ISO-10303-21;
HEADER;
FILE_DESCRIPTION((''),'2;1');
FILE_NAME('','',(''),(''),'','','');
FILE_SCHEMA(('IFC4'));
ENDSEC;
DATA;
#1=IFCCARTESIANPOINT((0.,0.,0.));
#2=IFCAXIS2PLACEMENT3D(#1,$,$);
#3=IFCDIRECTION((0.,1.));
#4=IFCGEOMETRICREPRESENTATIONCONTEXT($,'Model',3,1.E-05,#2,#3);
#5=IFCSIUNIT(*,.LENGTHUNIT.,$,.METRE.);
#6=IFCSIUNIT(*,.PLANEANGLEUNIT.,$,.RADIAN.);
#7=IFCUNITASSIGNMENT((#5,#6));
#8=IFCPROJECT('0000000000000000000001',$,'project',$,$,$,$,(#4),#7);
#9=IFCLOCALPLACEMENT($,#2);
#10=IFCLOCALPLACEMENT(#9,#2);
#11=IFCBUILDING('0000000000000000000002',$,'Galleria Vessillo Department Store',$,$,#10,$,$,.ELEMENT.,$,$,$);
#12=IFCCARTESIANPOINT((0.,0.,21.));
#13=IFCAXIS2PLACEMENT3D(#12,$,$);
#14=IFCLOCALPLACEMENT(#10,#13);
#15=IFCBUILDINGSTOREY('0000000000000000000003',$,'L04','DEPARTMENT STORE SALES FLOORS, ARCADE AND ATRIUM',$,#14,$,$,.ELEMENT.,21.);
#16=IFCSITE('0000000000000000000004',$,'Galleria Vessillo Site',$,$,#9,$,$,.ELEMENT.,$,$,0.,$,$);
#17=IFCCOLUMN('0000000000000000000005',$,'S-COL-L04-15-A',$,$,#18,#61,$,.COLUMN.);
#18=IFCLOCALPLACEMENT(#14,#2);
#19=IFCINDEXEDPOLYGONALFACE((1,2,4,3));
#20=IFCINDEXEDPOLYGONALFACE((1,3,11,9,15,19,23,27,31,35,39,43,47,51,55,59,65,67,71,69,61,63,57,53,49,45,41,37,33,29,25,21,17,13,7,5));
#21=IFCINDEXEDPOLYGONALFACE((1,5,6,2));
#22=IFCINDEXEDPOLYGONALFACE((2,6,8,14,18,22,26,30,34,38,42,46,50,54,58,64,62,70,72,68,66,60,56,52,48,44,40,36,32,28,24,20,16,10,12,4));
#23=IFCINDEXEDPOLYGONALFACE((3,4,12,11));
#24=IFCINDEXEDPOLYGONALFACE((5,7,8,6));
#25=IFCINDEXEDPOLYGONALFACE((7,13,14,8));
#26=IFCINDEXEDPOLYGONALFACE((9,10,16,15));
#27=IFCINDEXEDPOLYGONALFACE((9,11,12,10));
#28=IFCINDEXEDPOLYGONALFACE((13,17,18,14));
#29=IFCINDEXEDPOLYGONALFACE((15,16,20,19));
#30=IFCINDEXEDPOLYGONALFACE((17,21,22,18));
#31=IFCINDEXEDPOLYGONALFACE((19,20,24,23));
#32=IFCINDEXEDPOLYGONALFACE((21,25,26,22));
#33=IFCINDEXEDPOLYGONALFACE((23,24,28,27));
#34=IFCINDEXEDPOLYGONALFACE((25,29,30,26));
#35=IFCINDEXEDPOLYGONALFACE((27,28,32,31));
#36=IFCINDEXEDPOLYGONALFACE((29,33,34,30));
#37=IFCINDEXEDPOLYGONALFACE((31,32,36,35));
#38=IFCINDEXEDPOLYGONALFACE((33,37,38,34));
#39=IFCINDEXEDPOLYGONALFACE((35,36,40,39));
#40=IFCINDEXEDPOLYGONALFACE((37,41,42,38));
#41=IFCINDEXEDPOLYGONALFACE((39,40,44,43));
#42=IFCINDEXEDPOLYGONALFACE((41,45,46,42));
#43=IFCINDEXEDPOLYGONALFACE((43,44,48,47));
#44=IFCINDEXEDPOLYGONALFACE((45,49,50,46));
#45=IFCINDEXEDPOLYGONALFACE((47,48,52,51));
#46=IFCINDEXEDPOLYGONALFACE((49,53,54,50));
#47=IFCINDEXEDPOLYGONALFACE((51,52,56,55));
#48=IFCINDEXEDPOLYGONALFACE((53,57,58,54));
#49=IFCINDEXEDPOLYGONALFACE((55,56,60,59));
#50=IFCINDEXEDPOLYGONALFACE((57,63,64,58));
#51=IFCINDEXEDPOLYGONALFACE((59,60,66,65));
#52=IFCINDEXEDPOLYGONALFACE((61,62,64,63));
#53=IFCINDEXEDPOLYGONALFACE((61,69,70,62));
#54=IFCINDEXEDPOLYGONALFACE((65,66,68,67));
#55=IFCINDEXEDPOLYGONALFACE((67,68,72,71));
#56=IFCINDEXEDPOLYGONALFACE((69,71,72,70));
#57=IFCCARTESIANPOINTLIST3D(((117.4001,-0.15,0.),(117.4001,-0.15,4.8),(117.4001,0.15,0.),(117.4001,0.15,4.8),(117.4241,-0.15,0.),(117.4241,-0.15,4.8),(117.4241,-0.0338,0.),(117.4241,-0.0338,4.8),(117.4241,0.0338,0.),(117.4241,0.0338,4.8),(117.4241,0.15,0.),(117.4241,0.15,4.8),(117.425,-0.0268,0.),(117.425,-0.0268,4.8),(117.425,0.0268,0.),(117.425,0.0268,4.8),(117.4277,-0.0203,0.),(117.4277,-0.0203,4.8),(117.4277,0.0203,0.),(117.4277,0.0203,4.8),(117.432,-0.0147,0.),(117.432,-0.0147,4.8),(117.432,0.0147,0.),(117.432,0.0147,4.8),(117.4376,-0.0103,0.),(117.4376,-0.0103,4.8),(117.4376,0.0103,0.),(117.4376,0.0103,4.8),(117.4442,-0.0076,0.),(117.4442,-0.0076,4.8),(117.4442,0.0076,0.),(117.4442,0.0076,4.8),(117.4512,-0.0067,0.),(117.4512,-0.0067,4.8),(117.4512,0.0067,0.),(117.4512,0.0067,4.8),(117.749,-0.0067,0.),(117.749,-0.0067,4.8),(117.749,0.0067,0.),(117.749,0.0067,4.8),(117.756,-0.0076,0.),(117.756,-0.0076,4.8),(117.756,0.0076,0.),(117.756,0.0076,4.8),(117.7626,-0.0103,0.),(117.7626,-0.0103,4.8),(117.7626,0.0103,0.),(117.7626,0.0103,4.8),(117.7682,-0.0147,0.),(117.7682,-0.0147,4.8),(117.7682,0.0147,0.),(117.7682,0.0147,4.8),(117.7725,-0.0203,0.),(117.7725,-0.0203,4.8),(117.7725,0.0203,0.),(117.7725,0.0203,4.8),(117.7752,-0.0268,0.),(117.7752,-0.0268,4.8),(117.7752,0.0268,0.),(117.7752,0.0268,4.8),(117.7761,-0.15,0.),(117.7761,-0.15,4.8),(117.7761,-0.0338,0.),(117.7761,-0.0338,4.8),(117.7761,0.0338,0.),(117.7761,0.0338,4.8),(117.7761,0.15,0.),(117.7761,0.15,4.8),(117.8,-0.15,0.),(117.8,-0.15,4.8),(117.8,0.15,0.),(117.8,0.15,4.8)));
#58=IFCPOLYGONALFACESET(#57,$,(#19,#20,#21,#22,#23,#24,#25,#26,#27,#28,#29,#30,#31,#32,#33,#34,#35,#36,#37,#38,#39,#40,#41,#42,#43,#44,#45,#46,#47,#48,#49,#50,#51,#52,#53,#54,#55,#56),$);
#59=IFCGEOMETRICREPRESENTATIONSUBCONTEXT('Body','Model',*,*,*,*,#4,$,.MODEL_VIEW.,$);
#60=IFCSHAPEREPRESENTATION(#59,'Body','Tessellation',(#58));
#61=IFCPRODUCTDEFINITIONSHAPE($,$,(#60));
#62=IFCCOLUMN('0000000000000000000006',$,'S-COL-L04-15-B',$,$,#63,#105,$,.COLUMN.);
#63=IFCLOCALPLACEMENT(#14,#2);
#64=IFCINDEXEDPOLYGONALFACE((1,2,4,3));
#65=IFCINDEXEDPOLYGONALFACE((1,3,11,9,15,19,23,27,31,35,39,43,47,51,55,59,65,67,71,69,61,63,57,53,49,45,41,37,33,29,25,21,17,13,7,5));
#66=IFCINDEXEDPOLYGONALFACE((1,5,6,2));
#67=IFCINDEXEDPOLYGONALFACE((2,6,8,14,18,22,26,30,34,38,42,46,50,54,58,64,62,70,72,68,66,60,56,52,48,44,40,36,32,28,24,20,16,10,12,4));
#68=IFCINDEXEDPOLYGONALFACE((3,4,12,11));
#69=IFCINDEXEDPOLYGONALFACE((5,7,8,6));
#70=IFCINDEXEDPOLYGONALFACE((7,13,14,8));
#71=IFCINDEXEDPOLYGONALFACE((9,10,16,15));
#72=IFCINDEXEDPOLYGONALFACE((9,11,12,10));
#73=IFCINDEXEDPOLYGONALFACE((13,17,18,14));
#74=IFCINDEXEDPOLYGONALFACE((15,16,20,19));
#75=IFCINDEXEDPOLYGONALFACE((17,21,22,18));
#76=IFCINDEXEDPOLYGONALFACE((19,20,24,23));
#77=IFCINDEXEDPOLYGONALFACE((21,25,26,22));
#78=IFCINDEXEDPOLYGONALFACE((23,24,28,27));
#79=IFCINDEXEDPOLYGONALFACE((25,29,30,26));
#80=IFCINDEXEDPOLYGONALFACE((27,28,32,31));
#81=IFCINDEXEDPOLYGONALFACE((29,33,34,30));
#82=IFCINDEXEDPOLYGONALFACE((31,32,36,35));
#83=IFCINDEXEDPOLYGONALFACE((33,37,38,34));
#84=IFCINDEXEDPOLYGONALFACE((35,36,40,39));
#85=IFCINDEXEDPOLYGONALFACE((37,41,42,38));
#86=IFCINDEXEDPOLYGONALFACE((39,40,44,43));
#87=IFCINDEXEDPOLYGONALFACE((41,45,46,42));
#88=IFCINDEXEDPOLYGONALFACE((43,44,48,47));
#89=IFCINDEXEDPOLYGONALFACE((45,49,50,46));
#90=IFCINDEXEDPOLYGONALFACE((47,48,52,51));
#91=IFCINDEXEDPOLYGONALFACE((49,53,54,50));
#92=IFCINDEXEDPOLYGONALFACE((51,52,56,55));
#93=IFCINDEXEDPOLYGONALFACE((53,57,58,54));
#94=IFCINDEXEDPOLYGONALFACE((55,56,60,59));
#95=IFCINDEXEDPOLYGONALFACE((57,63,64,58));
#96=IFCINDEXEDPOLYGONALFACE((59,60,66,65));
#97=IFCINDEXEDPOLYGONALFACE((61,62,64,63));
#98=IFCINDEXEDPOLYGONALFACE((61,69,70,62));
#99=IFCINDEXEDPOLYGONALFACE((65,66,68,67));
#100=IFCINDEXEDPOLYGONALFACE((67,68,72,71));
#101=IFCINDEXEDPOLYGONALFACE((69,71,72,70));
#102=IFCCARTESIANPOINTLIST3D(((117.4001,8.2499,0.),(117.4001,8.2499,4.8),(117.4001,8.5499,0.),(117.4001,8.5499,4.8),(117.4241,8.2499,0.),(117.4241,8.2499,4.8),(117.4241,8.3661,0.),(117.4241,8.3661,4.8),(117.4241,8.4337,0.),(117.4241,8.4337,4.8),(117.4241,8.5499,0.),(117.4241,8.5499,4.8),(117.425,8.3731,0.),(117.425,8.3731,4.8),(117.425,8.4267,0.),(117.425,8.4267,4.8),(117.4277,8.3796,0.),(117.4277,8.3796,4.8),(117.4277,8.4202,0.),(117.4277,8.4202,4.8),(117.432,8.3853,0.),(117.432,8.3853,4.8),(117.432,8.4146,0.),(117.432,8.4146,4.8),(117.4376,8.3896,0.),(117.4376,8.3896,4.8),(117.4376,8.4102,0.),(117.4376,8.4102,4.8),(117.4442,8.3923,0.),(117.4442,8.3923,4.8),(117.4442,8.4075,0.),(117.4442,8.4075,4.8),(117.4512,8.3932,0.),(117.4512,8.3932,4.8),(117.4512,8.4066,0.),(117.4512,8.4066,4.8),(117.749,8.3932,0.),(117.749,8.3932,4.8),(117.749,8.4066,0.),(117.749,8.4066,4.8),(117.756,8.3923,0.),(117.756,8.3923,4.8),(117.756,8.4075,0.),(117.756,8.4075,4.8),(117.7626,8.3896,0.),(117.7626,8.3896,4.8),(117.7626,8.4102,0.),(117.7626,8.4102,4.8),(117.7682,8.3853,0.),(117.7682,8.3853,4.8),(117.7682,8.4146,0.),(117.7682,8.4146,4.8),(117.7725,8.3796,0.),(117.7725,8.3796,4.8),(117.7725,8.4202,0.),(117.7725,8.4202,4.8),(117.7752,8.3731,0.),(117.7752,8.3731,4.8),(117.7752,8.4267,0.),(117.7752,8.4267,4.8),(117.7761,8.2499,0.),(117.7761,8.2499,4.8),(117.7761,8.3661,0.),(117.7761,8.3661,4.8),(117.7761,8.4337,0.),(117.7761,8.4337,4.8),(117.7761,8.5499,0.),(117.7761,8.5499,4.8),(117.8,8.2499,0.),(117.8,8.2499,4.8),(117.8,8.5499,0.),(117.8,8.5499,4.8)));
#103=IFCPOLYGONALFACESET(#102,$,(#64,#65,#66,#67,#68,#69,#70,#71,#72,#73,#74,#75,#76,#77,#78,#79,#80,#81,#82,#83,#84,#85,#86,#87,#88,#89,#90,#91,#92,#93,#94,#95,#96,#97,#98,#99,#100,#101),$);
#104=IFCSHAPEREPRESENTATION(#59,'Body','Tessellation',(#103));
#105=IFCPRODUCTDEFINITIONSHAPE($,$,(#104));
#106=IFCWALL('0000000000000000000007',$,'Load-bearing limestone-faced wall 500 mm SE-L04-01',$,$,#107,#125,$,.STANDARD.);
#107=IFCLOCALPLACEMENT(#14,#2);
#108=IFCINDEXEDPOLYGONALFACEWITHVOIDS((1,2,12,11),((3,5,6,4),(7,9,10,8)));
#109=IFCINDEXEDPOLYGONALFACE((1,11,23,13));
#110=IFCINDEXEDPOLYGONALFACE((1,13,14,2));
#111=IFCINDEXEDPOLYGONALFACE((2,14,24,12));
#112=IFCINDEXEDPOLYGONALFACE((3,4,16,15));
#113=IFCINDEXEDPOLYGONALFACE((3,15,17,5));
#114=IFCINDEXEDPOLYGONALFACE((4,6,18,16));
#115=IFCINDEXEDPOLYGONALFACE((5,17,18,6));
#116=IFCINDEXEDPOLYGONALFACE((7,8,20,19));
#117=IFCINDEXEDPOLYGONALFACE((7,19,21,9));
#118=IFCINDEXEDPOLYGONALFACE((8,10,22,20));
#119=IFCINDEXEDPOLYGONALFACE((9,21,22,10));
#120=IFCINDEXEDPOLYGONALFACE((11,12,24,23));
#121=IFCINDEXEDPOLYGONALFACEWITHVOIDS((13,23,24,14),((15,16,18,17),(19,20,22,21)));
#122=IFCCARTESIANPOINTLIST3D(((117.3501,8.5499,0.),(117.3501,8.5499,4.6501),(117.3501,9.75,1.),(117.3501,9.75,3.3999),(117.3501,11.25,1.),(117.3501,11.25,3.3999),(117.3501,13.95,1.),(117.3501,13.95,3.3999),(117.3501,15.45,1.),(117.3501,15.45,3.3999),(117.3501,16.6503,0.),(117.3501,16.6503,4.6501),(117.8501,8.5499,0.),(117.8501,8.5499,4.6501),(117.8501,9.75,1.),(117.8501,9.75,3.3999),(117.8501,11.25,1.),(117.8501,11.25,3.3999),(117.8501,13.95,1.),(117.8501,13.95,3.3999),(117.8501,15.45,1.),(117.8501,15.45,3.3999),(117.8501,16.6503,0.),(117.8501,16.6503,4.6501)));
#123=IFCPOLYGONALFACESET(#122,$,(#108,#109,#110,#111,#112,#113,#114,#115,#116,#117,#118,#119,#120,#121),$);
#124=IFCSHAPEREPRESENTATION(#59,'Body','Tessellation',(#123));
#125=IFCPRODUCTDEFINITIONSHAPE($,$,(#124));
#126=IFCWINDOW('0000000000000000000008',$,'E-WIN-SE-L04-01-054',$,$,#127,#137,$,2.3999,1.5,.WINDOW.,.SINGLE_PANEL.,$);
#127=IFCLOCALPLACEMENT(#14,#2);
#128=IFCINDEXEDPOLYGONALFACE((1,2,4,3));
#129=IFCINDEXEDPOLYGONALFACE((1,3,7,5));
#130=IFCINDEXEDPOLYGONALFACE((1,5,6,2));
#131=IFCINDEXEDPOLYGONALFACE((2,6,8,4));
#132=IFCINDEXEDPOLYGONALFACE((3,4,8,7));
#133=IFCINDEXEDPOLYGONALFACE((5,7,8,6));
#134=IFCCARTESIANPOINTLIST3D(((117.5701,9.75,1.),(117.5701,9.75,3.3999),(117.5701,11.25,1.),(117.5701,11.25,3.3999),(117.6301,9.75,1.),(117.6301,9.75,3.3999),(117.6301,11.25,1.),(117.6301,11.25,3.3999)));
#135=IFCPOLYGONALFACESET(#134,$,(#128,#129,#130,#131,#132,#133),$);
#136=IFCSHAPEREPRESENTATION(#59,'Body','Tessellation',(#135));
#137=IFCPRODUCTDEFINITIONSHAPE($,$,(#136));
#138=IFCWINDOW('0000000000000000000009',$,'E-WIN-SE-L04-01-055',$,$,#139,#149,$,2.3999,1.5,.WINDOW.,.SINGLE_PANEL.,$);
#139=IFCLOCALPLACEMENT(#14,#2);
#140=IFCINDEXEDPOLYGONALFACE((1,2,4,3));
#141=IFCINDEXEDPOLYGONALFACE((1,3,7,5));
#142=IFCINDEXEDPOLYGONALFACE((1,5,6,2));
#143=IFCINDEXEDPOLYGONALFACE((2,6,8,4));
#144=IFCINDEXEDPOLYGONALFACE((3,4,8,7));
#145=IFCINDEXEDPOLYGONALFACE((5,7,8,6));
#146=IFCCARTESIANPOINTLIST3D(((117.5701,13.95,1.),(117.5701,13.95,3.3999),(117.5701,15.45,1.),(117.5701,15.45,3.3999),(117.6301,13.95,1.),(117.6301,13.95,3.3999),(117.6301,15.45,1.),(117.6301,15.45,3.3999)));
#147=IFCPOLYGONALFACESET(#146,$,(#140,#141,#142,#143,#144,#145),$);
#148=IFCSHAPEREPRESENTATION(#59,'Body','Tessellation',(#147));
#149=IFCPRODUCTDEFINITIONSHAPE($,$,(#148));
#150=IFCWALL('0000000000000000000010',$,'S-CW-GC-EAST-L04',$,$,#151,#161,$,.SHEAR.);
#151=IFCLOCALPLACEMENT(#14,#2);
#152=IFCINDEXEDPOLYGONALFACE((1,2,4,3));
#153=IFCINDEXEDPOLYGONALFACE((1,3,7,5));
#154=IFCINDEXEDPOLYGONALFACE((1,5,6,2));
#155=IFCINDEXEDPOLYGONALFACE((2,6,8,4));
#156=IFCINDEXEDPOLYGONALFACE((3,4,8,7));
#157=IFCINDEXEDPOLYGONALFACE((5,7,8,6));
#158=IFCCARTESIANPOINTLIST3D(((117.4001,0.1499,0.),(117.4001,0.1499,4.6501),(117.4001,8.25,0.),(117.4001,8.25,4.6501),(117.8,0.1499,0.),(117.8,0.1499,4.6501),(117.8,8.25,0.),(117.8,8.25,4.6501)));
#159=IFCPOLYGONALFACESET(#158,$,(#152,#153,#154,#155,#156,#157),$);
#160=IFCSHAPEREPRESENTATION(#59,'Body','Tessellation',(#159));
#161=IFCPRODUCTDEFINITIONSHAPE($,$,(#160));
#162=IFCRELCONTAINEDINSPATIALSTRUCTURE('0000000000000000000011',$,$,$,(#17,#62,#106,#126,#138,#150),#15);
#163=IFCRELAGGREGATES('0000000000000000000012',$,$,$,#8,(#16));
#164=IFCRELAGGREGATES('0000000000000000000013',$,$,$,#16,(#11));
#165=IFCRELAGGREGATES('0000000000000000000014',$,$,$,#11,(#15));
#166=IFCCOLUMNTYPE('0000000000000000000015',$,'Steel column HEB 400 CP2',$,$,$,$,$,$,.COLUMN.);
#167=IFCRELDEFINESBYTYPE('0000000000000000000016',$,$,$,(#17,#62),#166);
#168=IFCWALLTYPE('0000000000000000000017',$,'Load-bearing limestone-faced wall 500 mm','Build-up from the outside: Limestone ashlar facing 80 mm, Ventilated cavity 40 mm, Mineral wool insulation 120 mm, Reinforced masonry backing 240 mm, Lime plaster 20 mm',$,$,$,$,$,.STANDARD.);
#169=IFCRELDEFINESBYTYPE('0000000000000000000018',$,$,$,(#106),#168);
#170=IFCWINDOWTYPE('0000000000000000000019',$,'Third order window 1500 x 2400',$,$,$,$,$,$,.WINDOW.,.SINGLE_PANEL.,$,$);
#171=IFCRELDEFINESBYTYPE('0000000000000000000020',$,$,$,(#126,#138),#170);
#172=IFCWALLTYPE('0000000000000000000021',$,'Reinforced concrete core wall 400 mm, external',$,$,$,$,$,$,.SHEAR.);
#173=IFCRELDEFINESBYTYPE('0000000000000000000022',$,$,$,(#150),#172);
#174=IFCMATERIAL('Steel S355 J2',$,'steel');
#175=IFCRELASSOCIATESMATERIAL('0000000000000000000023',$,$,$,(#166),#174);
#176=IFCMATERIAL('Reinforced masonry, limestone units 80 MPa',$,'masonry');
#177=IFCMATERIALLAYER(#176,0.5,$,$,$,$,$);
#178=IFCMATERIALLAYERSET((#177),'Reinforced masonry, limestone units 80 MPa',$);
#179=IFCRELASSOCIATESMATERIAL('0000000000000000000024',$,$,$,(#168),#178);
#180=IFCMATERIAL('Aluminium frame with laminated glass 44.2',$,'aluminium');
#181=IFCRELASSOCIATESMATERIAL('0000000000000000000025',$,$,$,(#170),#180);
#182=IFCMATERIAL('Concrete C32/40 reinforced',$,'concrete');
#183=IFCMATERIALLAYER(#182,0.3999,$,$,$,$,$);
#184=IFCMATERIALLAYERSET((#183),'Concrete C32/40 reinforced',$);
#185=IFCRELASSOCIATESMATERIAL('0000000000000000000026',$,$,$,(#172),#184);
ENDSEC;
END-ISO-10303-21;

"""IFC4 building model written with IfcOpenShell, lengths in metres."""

from ifc_helpers import new_model, si_unit, direction, frame, frame_2d, origin, origin_2d, place, context, subcontext, project, spatial, rectangle, i_section, extrude, material, layer, layer_set, material_profile, profile_set, type_object, element, fill, save


model = new_model("IFC4")

# Units and contexts
model_context = context("Model", 3, precision=1e-05, world=origin(), true_north=direction((0.0, 1.0)))
body_context = subcontext(model_context, "Body", "Model", "MODEL_VIEW")
ifc_project = project(units=[si_unit("LENGTHUNIT", "METRE"), si_unit("PLANEANGLEUNIT", "RADIAN")], contexts=[model_context])

# Site, building, storey
site_placement = place(None, origin())
site = spatial("IfcSite", under=ifc_project, at=site_placement, Name="Galleria Vessillo Site", CompositionType="ELEMENT", RefElevation=0.0)
building_placement = place(site_placement, origin())
building = spatial("IfcBuilding", under=site, at=building_placement, Name="Galleria Vessillo Department Store", CompositionType="ELEMENT")
storey_placement = place(building_placement, frame((0.0, 0.0, 21.0)))
storey = spatial("IfcBuildingStorey", under=building, at=storey_placement, Name="L04", Description="DEPARTMENT STORE SALES FLOORS, ARCADE AND ATRIUM", CompositionType="ELEMENT", Elevation=21.0)

# Columns
ifc_material_1 = material(Name="Steel S355 J2", Category="steel")
ifc_material_profile = material_profile(ifc_material_1, i_section(OverallWidth=0.3, OverallDepth=0.3999, WebThickness=0.0134, FlangeThickness=0.0239, FilletRadius=0.0271, at=origin_2d()), Name="HEB 400")
ifc_profile_set = profile_set([ifc_material_profile], Name="Steel S355 J2")
column_type = type_object("IfcColumnType", Name="Steel column HEB 400 CP2", PredefinedType="COLUMN", material=ifc_profile_set)
for number, where, z_axis, x_axis, name in (
    (1, (117.6001, 0.0, 0.0), (0.0, 0.0, 1.0), (0.0, 1.0, 0.0), "S-COL-L04-15-A"),
    (2, (117.6001, 8.3999, 0.0), (0.0, 0.0, 1.0), (0.0, 1.0, 0.0), "S-COL-L04-15-B"),
):
    element("IfcColumn", number, at=place(storey_placement, frame(where, z_axis=z_axis, x_axis=x_axis)), inside=storey, type_object=column_type, Name=name, PredefinedType="COLUMN", context=body_context, shape_type="SweptSolid", body=[
        extrude(i_section(OverallWidth=0.3, OverallDepth=0.3999, WebThickness=0.0134, FlangeThickness=0.0239, FilletRadius=0.0271, at=origin_2d()), origin(), (0.0, 0.0, 1.0), 4.8),
    ])

# Wall, openings, windows
ifc_material_2 = material(Name="Reinforced masonry, limestone units 80 MPa", Category="masonry")
ifc_layer_1 = layer(ifc_material_2, 0.5)
ifc_layer_set_1 = layer_set([ifc_layer_1], Name="Reinforced masonry, limestone units 80 MPa")
wall_type_1 = type_object("IfcWallType", Name="Load-bearing limestone-faced wall 500 mm", Description="Build-up from the outside: Limestone ashlar facing 80 mm, Ventilated cavity 40 mm, Mineral wool insulation 120 mm, Reinforced masonry backing 240 mm, Lime plaster 20 mm", PredefinedType="STANDARD", material=ifc_layer_set_1)
wall_1_placement = place(storey_placement, frame((117.6001, 8.5498, 0.0), z_axis=(0.0, 0.0, 1.0), x_axis=(0.0, 1.0, 0.0)))
wall_1 = element("IfcWall", 3, at=wall_1_placement, inside=storey, type_object=wall_type_1, Name="Load-bearing limestone-faced wall 500 mm SE-L04-01", PredefinedType="STANDARD", context=body_context, shape_type="SweptSolid", body=[
    extrude(rectangle(XDim=8.1003, YDim=0.5, at=frame_2d((4.0503, 0.0))), origin(), (0.0, 0.0, 1.0), 4.6501),
])
opening_1_placement = place(wall_1_placement, frame((1.2002, 0.0, 1.0)))
opening_1 = element("IfcOpeningElement", 4, at=opening_1_placement, cuts=wall_1, PredefinedType="OPENING", context=body_context, shape_type="SweptSolid", body=[
    extrude(rectangle(XDim=1.5, YDim=2.3999, at=frame_2d((0.75, 1.2))), frame((0.0, 0.26, 0.0), z_axis=(0.0, -1.0, 0.0), x_axis=(1.0, 0.0, 0.0)), (0.0, 0.0, 1.0), 0.52),
])
opening_2_placement = place(wall_1_placement, frame((5.4001, 0.0, 1.0)))
opening_2 = element("IfcOpeningElement", 5, at=opening_2_placement, cuts=wall_1, PredefinedType="OPENING", context=body_context, shape_type="SweptSolid", body=[
    extrude(rectangle(XDim=1.5, YDim=2.3999, at=frame_2d((0.75, 1.2))), frame((0.0, 0.26, 0.0), z_axis=(0.0, -1.0, 0.0), x_axis=(1.0, 0.0, 0.0)), (0.0, 0.0, 1.0), 0.52),
])
ifc_material_3 = material(Name="Aluminium frame with laminated glass 44.2", Category="aluminium")
window_type = type_object("IfcWindowType", Name="Third order window 1500 x 2400", PartitioningType="SINGLE_PANEL", PredefinedType="WINDOW", material=ifc_material_3)
window_1_placement = place(opening_1_placement, origin())
window_1 = element("IfcWindow", 6, at=window_1_placement, inside=storey, type_object=window_type, Name="E-WIN-SE-L04-01-054", OverallHeight=2.3999, OverallWidth=1.5, PartitioningType="SINGLE_PANEL", PredefinedType="WINDOW", context=body_context, shape_type="SweptSolid", body=[
    extrude(rectangle(XDim=1.5, YDim=2.3999, at=frame_2d((0.75, 1.2))), frame((0.0, 0.03, 0.0), z_axis=(0.0, -1.0, 0.0), x_axis=(1.0, 0.0, 0.0)), (0.0, 0.0, 1.0), 0.0601),
])
fill(opening_1, window_1)
window_2_placement = place(opening_2_placement, origin())
window_2 = element("IfcWindow", 7, at=window_2_placement, inside=storey, type_object=window_type, Name="E-WIN-SE-L04-01-055", OverallHeight=2.3999, OverallWidth=1.5, PartitioningType="SINGLE_PANEL", PredefinedType="WINDOW", context=body_context, shape_type="SweptSolid", body=[
    extrude(rectangle(XDim=1.5, YDim=2.3999, at=frame_2d((0.75, 1.2))), frame((0.0, 0.03, 0.0), z_axis=(0.0, -1.0, 0.0), x_axis=(1.0, 0.0, 0.0)), (0.0, 0.0, 1.0), 0.0601),
])
fill(opening_2, window_2)

# Wall
ifc_material_4 = material(Name="Concrete C32/40 reinforced", Category="concrete")
ifc_layer_2 = layer(ifc_material_4, 0.3999)
ifc_layer_set_2 = layer_set([ifc_layer_2], Name="Concrete C32/40 reinforced")
wall_type_2 = type_object("IfcWallType", Name="Reinforced concrete core wall 400 mm, external", PredefinedType="SHEAR", material=ifc_layer_set_2)
wall_2_placement = place(storey_placement, frame((117.6001, 0.1499, 0.0), z_axis=(0.0, 0.0, 1.0), x_axis=(0.0, 1.0, 0.0)))
element("IfcWall", 8, at=wall_2_placement, inside=storey, type_object=wall_type_2, Name="S-CW-GC-EAST-L04", PredefinedType="SHEAR", context=body_context, shape_type="SweptSolid", body=[
    extrude(rectangle(XDim=8.1001, YDim=0.3999, at=frame_2d((4.05, 0.0))), origin(), (0.0, 0.0, 1.0), 4.6501),
])

save(model, "model.ifc")
